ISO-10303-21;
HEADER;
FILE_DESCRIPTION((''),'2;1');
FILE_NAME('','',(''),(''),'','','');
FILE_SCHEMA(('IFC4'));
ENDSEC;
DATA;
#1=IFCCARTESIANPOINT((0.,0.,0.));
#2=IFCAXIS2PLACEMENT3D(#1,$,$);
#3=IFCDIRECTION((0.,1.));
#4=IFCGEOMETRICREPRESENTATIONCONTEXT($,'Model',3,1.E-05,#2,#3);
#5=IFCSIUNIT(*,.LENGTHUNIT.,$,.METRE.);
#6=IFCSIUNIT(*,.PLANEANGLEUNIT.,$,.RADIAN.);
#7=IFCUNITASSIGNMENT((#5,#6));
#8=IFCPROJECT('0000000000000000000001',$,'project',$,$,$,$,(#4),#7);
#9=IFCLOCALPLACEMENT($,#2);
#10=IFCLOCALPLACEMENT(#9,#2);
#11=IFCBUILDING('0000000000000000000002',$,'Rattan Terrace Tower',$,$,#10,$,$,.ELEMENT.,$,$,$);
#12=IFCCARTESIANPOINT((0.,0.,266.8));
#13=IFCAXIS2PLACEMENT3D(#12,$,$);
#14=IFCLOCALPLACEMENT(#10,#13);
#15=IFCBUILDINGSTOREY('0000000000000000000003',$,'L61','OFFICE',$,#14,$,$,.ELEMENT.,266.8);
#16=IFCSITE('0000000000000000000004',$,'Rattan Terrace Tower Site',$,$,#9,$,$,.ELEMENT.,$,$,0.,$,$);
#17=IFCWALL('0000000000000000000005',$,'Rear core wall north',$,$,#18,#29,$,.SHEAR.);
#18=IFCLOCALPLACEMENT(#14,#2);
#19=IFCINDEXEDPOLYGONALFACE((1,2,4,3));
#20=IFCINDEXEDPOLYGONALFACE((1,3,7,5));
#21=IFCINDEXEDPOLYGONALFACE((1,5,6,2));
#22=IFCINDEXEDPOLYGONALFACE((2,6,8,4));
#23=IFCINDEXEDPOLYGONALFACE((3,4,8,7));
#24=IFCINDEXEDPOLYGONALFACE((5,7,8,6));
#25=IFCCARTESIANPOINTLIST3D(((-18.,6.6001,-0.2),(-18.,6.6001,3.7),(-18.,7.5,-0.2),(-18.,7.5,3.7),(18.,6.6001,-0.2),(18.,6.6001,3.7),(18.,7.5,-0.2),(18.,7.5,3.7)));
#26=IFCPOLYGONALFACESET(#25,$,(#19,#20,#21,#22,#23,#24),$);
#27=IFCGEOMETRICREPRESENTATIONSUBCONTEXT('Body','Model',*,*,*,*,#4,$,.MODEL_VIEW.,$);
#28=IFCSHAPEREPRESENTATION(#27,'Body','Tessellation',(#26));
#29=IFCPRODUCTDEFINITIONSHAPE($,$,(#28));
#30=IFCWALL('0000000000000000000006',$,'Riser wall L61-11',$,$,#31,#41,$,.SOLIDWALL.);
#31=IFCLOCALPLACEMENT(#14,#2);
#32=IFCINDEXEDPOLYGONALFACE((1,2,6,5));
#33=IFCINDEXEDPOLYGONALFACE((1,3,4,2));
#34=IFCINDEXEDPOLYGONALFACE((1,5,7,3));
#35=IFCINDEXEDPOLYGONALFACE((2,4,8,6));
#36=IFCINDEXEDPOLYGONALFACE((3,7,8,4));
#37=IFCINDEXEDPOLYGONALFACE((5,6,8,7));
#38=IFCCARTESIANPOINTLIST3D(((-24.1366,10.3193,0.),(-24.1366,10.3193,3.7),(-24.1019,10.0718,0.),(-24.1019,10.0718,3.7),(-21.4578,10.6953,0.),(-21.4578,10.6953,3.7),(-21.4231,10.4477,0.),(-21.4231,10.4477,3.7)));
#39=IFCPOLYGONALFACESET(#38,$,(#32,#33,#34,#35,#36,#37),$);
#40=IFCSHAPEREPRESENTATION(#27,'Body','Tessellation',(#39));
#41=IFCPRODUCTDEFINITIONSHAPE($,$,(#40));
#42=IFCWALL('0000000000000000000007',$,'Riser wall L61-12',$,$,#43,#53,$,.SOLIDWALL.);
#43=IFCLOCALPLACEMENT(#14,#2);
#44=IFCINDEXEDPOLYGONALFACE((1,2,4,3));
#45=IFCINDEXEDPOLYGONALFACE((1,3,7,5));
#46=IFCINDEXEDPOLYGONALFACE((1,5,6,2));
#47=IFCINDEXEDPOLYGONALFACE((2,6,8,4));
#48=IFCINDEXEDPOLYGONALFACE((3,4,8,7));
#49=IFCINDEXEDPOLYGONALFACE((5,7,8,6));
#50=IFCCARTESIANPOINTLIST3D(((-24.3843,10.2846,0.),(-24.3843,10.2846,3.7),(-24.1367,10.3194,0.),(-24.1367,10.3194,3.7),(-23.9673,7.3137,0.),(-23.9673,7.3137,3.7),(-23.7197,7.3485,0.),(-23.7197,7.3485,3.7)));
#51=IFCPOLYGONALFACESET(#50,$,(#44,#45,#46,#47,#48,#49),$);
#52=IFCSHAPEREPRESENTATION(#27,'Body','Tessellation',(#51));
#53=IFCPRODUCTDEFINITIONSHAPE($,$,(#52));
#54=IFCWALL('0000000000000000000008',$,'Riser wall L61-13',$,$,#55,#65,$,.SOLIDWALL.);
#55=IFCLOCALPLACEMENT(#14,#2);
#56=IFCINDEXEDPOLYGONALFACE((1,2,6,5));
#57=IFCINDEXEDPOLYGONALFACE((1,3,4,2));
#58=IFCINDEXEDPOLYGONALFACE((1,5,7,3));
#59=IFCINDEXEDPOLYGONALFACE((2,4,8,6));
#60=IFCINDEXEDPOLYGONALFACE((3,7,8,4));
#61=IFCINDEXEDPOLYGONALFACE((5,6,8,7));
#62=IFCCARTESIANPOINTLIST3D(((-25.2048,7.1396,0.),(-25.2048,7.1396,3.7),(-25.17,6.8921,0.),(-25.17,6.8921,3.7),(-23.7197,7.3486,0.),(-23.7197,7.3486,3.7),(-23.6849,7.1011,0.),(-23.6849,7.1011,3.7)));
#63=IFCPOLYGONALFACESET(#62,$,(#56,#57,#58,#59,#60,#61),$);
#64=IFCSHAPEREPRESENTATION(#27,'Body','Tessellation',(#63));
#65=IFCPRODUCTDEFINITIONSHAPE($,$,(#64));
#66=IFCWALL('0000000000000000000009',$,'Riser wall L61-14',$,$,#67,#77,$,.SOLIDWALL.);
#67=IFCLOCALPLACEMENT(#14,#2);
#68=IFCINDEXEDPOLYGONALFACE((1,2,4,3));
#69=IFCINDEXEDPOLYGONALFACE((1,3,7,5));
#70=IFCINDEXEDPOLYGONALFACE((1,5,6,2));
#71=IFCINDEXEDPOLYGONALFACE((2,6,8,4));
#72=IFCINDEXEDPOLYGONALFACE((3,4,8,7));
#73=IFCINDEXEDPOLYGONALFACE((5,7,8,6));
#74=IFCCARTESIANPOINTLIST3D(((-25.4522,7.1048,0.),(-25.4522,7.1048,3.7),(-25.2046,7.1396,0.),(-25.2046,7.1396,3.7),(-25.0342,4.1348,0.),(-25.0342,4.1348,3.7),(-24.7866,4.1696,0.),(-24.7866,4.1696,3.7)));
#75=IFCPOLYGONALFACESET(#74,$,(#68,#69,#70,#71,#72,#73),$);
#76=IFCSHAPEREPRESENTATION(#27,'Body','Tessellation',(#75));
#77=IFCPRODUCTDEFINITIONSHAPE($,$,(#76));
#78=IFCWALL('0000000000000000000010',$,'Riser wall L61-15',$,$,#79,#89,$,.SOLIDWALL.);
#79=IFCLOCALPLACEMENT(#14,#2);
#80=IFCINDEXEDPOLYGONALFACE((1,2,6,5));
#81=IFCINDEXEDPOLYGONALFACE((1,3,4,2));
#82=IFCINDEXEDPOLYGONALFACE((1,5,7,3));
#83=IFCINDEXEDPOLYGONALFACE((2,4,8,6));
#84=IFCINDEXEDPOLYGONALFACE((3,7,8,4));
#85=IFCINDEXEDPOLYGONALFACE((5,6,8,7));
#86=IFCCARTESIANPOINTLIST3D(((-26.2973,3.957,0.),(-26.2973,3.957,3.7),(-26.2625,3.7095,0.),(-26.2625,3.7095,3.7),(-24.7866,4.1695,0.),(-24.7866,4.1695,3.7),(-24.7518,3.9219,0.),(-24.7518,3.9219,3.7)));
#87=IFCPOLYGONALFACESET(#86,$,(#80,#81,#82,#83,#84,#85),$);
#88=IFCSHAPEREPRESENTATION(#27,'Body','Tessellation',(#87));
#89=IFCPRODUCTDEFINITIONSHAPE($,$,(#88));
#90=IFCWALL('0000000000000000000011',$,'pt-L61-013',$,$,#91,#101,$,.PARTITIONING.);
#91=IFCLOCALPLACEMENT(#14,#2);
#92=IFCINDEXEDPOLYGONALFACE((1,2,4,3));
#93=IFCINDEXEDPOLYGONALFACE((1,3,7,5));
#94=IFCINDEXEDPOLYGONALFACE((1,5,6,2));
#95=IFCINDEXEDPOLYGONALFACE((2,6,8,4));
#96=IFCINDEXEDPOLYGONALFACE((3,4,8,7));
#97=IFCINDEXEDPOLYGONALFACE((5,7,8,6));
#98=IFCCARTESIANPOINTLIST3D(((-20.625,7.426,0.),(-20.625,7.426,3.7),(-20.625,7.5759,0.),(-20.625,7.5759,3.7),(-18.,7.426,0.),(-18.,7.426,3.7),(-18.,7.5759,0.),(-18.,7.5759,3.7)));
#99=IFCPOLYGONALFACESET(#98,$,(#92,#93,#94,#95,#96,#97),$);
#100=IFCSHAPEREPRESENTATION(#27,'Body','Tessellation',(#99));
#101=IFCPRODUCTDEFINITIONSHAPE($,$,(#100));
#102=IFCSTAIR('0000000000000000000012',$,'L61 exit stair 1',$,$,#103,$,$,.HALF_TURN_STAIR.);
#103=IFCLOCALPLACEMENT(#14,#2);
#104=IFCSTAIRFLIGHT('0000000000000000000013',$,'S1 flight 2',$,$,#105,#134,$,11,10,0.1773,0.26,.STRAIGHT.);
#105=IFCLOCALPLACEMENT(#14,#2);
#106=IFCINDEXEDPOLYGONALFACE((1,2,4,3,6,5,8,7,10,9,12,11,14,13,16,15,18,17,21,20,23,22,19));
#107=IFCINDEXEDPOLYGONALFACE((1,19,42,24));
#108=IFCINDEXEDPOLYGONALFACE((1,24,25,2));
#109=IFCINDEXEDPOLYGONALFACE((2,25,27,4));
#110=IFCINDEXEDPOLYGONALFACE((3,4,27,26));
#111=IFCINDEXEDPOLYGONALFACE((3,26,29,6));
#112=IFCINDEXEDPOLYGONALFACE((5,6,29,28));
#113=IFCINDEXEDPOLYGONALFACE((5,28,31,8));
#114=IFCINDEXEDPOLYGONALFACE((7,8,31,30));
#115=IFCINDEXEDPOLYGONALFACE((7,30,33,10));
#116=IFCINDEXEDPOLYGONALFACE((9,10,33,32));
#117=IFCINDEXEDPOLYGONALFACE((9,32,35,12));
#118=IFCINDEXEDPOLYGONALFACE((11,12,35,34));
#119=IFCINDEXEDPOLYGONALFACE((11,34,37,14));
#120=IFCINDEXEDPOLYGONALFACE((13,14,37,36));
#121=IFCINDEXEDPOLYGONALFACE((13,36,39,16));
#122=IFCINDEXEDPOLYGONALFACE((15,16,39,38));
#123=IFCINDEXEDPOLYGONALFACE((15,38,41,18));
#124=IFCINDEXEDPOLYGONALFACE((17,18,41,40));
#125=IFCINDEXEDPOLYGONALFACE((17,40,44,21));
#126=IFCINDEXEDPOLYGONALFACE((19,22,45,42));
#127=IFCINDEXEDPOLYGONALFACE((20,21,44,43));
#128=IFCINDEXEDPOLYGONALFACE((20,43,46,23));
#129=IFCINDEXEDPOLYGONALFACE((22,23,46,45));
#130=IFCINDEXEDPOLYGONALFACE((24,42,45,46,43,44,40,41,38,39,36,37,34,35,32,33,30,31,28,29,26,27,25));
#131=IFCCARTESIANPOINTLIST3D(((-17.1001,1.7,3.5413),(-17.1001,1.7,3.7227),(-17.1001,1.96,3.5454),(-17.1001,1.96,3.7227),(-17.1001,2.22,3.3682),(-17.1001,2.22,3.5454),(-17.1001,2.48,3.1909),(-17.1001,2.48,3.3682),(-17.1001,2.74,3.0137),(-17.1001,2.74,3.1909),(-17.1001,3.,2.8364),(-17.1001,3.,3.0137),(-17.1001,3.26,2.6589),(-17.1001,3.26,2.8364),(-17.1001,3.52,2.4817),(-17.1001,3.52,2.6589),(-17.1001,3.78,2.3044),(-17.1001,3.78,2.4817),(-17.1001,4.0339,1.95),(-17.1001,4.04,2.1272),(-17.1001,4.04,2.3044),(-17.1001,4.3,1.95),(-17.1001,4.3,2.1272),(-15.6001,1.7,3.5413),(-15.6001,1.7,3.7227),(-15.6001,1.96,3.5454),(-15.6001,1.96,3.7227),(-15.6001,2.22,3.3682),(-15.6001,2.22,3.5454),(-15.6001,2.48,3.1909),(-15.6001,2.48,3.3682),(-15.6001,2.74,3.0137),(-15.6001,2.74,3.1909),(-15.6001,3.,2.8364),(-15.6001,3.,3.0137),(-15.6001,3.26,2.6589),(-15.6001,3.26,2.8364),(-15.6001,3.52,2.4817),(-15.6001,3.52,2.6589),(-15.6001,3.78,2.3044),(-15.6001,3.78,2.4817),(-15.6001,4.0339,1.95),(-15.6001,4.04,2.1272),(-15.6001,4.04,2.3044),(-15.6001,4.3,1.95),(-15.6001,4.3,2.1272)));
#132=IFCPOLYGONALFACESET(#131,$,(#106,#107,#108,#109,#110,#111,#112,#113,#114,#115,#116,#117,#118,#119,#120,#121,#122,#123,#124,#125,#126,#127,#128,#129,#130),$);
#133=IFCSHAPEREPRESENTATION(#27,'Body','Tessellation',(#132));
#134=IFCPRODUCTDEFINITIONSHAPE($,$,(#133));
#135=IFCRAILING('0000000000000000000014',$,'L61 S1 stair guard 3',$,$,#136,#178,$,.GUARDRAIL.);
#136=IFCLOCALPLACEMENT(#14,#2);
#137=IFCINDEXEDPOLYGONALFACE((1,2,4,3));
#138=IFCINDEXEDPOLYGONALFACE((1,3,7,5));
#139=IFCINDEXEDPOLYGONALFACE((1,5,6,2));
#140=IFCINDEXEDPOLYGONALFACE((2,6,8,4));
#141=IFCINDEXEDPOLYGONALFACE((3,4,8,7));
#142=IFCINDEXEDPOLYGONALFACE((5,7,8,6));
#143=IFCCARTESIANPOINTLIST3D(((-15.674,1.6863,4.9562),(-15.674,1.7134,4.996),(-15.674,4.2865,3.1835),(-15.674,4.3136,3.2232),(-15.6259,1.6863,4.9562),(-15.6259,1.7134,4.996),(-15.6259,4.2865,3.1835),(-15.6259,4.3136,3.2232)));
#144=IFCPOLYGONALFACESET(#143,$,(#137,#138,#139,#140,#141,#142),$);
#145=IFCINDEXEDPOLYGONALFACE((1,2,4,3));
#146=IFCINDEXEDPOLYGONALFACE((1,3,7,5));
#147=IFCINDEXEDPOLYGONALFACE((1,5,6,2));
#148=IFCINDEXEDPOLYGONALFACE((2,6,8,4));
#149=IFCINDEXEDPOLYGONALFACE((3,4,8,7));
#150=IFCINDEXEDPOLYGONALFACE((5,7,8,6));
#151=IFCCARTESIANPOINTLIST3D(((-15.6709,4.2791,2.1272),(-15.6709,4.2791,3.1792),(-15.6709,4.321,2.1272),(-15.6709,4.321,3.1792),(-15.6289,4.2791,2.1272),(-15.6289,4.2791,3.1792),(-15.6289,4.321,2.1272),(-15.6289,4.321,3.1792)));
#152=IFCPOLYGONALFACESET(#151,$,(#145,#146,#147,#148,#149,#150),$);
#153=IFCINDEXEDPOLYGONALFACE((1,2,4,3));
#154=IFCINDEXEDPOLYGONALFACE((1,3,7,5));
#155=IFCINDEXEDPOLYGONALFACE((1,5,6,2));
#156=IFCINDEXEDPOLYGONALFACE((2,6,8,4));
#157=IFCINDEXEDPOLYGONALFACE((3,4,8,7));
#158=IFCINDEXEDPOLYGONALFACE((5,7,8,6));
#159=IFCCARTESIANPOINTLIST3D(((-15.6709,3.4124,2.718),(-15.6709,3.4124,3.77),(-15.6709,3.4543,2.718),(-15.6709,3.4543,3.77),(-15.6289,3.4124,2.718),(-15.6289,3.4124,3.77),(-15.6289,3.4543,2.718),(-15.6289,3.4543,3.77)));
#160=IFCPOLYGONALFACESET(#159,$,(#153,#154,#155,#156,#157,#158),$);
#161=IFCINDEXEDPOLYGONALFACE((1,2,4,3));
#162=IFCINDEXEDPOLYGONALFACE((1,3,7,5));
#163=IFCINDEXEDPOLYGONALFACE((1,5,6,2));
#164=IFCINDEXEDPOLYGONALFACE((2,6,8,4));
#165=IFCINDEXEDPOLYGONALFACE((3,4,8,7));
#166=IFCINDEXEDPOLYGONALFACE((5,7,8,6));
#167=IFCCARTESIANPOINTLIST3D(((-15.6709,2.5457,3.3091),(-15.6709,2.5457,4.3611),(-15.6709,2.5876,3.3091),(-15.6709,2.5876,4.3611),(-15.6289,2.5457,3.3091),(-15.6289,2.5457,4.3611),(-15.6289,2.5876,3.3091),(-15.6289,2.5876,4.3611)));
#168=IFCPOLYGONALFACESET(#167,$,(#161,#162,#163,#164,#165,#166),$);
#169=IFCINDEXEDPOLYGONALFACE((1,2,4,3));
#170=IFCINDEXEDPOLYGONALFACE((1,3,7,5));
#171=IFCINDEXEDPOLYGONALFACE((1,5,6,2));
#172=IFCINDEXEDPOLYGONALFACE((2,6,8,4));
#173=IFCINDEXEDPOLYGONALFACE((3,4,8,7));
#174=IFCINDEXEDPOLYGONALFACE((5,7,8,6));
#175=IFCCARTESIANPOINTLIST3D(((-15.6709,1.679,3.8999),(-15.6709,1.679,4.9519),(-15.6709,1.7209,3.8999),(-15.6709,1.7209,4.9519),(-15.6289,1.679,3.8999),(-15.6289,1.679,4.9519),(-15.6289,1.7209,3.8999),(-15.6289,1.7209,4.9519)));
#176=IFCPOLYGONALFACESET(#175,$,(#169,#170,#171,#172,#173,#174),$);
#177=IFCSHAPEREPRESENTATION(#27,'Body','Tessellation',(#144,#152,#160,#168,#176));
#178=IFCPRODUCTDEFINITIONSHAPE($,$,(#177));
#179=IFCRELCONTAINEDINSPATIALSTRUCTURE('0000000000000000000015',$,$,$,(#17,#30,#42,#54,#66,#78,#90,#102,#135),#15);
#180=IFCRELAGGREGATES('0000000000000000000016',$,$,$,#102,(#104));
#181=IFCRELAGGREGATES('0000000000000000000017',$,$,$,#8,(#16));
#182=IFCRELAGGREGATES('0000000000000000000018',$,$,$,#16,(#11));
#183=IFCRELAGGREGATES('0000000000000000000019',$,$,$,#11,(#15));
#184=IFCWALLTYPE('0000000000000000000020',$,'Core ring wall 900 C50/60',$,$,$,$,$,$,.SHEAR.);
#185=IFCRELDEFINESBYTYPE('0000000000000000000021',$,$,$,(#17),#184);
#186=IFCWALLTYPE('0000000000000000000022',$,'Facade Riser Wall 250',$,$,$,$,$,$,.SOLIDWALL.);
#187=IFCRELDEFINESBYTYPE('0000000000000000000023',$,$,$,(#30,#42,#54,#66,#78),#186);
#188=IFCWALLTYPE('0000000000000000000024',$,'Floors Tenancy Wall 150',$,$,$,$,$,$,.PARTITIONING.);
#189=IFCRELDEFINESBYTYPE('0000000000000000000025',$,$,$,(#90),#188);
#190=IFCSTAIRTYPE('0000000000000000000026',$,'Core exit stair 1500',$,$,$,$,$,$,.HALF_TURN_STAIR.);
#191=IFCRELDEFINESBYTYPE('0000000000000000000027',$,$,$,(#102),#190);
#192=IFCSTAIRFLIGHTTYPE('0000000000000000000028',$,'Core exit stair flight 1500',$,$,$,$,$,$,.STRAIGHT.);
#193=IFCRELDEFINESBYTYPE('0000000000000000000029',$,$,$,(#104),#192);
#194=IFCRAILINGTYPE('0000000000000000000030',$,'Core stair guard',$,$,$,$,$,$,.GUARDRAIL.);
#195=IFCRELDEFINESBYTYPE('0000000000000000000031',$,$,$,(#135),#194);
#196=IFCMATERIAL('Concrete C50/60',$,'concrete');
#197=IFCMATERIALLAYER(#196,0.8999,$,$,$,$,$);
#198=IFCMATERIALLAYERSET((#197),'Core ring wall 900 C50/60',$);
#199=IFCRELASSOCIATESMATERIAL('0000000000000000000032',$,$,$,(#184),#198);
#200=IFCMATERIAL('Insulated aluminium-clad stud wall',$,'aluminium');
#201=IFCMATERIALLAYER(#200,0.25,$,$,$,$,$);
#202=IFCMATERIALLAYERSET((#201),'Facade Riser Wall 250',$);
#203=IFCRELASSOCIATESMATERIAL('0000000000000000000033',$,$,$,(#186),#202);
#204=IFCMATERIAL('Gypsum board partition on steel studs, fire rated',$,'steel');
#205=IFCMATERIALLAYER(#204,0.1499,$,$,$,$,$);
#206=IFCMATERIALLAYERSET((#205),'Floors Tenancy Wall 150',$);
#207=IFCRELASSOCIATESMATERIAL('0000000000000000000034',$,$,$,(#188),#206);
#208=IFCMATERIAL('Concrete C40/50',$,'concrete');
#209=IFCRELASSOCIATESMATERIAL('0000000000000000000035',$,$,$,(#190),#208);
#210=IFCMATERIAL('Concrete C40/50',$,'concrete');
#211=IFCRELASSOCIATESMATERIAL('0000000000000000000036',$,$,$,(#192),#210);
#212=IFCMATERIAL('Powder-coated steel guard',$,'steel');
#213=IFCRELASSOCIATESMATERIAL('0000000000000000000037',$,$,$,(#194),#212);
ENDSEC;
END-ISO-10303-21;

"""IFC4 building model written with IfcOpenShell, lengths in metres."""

from ifc_helpers import new_model, si_unit, direction, frame, frame_2d, origin, origin_2d, place, context, subcontext, project, spatial, polyline, rectangle, outline, extrude, material, layer, layer_set, type_object, element, aggregate, save


model = new_model("IFC4")

# Units and contexts
model_context = context("Model", 3, precision=1e-05, world=origin(), true_north=direction((0.0, 1.0)))
body_context = subcontext(model_context, "Body", "Model", "MODEL_VIEW")
ifc_project = project(units=[si_unit("LENGTHUNIT", "METRE"), si_unit("PLANEANGLEUNIT", "RADIAN")], contexts=[model_context])

# Site, building, storey
site_placement = place(None, origin())
site = spatial("IfcSite", under=ifc_project, at=site_placement, Name="Rattan Terrace Tower Site", CompositionType="ELEMENT", RefElevation=0.0)
building_placement = place(site_placement, origin())
building = spatial("IfcBuilding", under=site, at=building_placement, Name="Rattan Terrace Tower", CompositionType="ELEMENT")
storey_placement = place(building_placement, frame((0.0, 0.0, 266.8)))
storey = spatial("IfcBuildingStorey", under=building, at=storey_placement, Name="L61", Description="OFFICE", CompositionType="ELEMENT", Elevation=266.8)

# Walls
ifc_material_1 = material(Name="Concrete C50/60", Category="concrete")
ifc_layer_1 = layer(ifc_material_1, 0.8999)
ifc_layer_set_1 = layer_set([ifc_layer_1], Name="Core ring wall 900 C50/60")
wall_type_1 = type_object("IfcWallType", Name="Core ring wall 900 C50/60", PredefinedType="SHEAR", material=ifc_layer_set_1)
wall_1_placement = place(storey_placement, frame((-18.0, 7.05, -0.2), z_axis=(0.0, 0.0, 1.0), x_axis=(1.0, 0.0, 0.0)))
element("IfcWall", 1, at=wall_1_placement, inside=storey, type_object=wall_type_1, Name="Rear core wall north", PredefinedType="SHEAR", context=body_context, shape_type="SweptSolid", body=[
    extrude(rectangle(XDim=36.0, YDim=0.8999, at=frame_2d((18.0, 0.0))), origin(), (0.0, 0.0, 1.0), 3.8999),
])
ifc_material_2 = material(Name="Insulated aluminium-clad stud wall", Category="aluminium")
ifc_layer_2 = layer(ifc_material_2, 0.25)
ifc_layer_set_2 = layer_set([ifc_layer_2], Name="Facade Riser Wall 250")
wall_type_2 = type_object("IfcWallType", Name="Facade Riser Wall 250", PredefinedType="SOLIDWALL", material=ifc_layer_set_2)
wall_2_placement = place(storey_placement, frame((-21.4404, 10.5715, 0.0), z_axis=(0.0, 0.0, 1.0), x_axis=(-0.990293, -0.138995, 0.0)))
element("IfcWall", 2, at=wall_2_placement, inside=storey, type_object=wall_type_2, Name="Riser wall L61-11", PredefinedType="SOLIDWALL", context=body_context, shape_type="SweptSolid", body=[
    extrude(rectangle(XDim=2.7051, YDim=0.25, at=frame_2d((1.3525, 0.0))), origin(), (0.0, 0.0, 1.0), 3.7),
])
wall_3_placement = place(storey_placement, frame((-24.2605, 10.302, 0.0), z_axis=(0.0, 0.0, 1.0), x_axis=(0.138994, -0.990293, 0.0)))
element("IfcWall", 3, at=wall_3_placement, inside=storey, type_object=wall_type_2, Name="Riser wall L61-12", PredefinedType="SOLIDWALL", context=body_context, shape_type="SweptSolid", body=[
    extrude(rectangle(XDim=3.0, YDim=0.25, at=frame_2d((1.5, 0.0))), origin(), (0.0, 0.0, 1.0), 3.7),
])
wall_4_placement = place(storey_placement, frame((-23.7021, 7.2249, 0.0), z_axis=(0.0, 0.0, 1.0), x_axis=(-0.990244, -0.139347, 0.0)))
element("IfcWall", 4, at=wall_4_placement, inside=storey, type_object=wall_type_2, Name="Riser wall L61-13", PredefinedType="SOLIDWALL", context=body_context, shape_type="SweptSolid", body=[
    extrude(rectangle(XDim=1.4998, YDim=0.25, at=frame_2d((0.75, 0.0))), origin(), (0.0, 0.0, 1.0), 3.7),
])
wall_5_placement = place(storey_placement, frame((-25.3284, 7.1221, 0.0), z_axis=(0.0, 0.0, 1.0), x_axis=(0.139358, -0.990242, 0.0)))
element("IfcWall", 5, at=wall_5_placement, inside=storey, type_object=wall_type_2, Name="Riser wall L61-14", PredefinedType="SOLIDWALL", context=body_context, shape_type="SweptSolid", body=[
    extrude(rectangle(XDim=2.9993, YDim=0.25, at=frame_2d((1.4995, 0.0))), origin(), (0.0, 0.0, 1.0), 3.7),
])
wall_6_placement = place(storey_placement, frame((-24.7693, 4.0457, 0.0), z_axis=(0.0, 0.0, 1.0), x_axis=(-0.990261, -0.139225, 0.0)))
element("IfcWall", 6, at=wall_6_placement, inside=storey, type_object=wall_type_2, Name="Riser wall L61-15", PredefinedType="SOLIDWALL", context=body_context, shape_type="SweptSolid", body=[
    extrude(rectangle(XDim=1.5256, YDim=0.25, at=frame_2d((0.7627, 0.0))), origin(), (0.0, 0.0, 1.0), 3.7),
])
ifc_material_3 = material(Name="Gypsum board partition on steel studs, fire rated", Category="steel")
ifc_layer_3 = layer(ifc_material_3, 0.1499)
ifc_layer_set_3 = layer_set([ifc_layer_3], Name="Floors Tenancy Wall 150")
wall_type_3 = type_object("IfcWallType", Name="Floors Tenancy Wall 150", PredefinedType="PARTITIONING", material=ifc_layer_set_3)
wall_7_placement = place(storey_placement, frame((-20.625, 7.501, 0.0), z_axis=(0.0, 0.0, 1.0), x_axis=(1.0, 0.0, 0.0)))
element("IfcWall", 7, at=wall_7_placement, inside=storey, type_object=wall_type_3, Name="pt-L61-013", PredefinedType="PARTITIONING", context=body_context, shape_type="SweptSolid", body=[
    extrude(rectangle(XDim=2.625, YDim=0.1499, at=frame_2d((1.3125, 0.0))), origin(), (0.0, 0.0, 1.0), 3.7),
])

# Stair, stair flight
ifc_material_4 = material(Name="Concrete C40/50", Category="concrete")
stair_type = type_object("IfcStairType", Name="Core exit stair 1500", PredefinedType="HALF_TURN_STAIR", material=ifc_material_4)
stair_placement = place(storey_placement, origin())
stair = element("IfcStair", 8, at=stair_placement, inside=storey, type_object=stair_type, Name="L61 exit stair 1", PredefinedType="HALF_TURN_STAIR")
ifc_material_5 = material(Name="Concrete C40/50", Category="concrete")
stair_flight_type = type_object("IfcStairFlightType", Name="Core exit stair flight 1500", PredefinedType="STRAIGHT", material=ifc_material_5)
stair_flight_placement = place(storey_placement, frame((-16.3501, 4.3, 1.95), z_axis=(0.0, 0.0, 1.0), x_axis=(0.0, -1.0, 0.0)))
stair_flight = element("IfcStairFlight", 9, at=stair_flight_placement, type_object=stair_flight_type, Name="S1 flight 2", NumberOfRisers=11, NumberOfTreads=10, PredefinedType="STRAIGHT", RiserHeight=0.1773, TreadLength=0.26, context=body_context, shape_type="SweptSolid", body=[
    extrude(outline(polyline([(0.0, 0.0), (0.0, 0.1772), (0.26, 0.1772), (0.26, 0.3545), (0.52, 0.3545), (0.52, 0.5317), (0.78, 0.5317), (0.78, 0.709), (1.04, 0.709), (1.04, 0.8865), (1.3, 0.8865), (1.3, 1.0637), (1.5601, 1.0637), (1.5601, 1.241), (1.8201, 1.241), (1.8201, 1.4182), (2.0801, 1.4182), (2.0801, 1.5955), (2.3401, 1.5955), (2.3401, 1.7727), (2.6001, 1.7727), (2.6001, 1.95), (2.6001, 1.5913), (0.2661, 0.0), (0.0, 0.0)])), frame((0.0, 0.75, 0.0), z_axis=(0.0, -1.0, 0.0), x_axis=(1.0, 0.0, 0.0)), (0.0, 0.0, 1.0), 1.5),
])
aggregate(stair, [stair_flight])

# Railing
ifc_material_6 = material(Name="Powder-coated steel guard", Category="steel")
railing_type_1 = type_object("IfcRailingType", Name="Core stair guard", PredefinedType="GUARDRAIL", material=ifc_material_6)
railing_1_placement = place(storey_placement, frame((-15.6499, 4.3, 2.1272)))
element("IfcRailing", 10, at=railing_1_placement, inside=storey, type_object=railing_type_1, Name="L61 S1 stair guard 3", PredefinedType="GUARDRAIL", context=body_context, shape_type="SweptSolid", body=[
    extrude(rectangle(XDim=0.0481, YDim=0.0481, at=origin_2d()), frame((0.0, 0.0, 1.0762), z_axis=(0.0, -0.82624, 0.563318), x_axis=(1.0, 0.0, 0.0)), (0.0, 0.0, 1.0), 3.147),
    extrude(rectangle(XDim=0.042, YDim=0.042, at=origin_2d()), origin(), (0.0, 0.0, 1.0), 1.052),
    extrude(rectangle(XDim=0.042, YDim=0.042, at=origin_2d()), frame((0.0, -0.8667, 0.5908)), (0.0, 0.0, 1.0), 1.052),
    extrude(rectangle(XDim=0.042, YDim=0.042, at=origin_2d()), frame((0.0, -1.7334, 1.1819)), (0.0, 0.0, 1.0), 1.052),
    extrude(rectangle(XDim=0.042, YDim=0.042, at=origin_2d()), frame((0.0, -2.6001, 1.7727)), (0.0, 0.0, 1.0), 1.052),
])

save(model, "model.ifc")
